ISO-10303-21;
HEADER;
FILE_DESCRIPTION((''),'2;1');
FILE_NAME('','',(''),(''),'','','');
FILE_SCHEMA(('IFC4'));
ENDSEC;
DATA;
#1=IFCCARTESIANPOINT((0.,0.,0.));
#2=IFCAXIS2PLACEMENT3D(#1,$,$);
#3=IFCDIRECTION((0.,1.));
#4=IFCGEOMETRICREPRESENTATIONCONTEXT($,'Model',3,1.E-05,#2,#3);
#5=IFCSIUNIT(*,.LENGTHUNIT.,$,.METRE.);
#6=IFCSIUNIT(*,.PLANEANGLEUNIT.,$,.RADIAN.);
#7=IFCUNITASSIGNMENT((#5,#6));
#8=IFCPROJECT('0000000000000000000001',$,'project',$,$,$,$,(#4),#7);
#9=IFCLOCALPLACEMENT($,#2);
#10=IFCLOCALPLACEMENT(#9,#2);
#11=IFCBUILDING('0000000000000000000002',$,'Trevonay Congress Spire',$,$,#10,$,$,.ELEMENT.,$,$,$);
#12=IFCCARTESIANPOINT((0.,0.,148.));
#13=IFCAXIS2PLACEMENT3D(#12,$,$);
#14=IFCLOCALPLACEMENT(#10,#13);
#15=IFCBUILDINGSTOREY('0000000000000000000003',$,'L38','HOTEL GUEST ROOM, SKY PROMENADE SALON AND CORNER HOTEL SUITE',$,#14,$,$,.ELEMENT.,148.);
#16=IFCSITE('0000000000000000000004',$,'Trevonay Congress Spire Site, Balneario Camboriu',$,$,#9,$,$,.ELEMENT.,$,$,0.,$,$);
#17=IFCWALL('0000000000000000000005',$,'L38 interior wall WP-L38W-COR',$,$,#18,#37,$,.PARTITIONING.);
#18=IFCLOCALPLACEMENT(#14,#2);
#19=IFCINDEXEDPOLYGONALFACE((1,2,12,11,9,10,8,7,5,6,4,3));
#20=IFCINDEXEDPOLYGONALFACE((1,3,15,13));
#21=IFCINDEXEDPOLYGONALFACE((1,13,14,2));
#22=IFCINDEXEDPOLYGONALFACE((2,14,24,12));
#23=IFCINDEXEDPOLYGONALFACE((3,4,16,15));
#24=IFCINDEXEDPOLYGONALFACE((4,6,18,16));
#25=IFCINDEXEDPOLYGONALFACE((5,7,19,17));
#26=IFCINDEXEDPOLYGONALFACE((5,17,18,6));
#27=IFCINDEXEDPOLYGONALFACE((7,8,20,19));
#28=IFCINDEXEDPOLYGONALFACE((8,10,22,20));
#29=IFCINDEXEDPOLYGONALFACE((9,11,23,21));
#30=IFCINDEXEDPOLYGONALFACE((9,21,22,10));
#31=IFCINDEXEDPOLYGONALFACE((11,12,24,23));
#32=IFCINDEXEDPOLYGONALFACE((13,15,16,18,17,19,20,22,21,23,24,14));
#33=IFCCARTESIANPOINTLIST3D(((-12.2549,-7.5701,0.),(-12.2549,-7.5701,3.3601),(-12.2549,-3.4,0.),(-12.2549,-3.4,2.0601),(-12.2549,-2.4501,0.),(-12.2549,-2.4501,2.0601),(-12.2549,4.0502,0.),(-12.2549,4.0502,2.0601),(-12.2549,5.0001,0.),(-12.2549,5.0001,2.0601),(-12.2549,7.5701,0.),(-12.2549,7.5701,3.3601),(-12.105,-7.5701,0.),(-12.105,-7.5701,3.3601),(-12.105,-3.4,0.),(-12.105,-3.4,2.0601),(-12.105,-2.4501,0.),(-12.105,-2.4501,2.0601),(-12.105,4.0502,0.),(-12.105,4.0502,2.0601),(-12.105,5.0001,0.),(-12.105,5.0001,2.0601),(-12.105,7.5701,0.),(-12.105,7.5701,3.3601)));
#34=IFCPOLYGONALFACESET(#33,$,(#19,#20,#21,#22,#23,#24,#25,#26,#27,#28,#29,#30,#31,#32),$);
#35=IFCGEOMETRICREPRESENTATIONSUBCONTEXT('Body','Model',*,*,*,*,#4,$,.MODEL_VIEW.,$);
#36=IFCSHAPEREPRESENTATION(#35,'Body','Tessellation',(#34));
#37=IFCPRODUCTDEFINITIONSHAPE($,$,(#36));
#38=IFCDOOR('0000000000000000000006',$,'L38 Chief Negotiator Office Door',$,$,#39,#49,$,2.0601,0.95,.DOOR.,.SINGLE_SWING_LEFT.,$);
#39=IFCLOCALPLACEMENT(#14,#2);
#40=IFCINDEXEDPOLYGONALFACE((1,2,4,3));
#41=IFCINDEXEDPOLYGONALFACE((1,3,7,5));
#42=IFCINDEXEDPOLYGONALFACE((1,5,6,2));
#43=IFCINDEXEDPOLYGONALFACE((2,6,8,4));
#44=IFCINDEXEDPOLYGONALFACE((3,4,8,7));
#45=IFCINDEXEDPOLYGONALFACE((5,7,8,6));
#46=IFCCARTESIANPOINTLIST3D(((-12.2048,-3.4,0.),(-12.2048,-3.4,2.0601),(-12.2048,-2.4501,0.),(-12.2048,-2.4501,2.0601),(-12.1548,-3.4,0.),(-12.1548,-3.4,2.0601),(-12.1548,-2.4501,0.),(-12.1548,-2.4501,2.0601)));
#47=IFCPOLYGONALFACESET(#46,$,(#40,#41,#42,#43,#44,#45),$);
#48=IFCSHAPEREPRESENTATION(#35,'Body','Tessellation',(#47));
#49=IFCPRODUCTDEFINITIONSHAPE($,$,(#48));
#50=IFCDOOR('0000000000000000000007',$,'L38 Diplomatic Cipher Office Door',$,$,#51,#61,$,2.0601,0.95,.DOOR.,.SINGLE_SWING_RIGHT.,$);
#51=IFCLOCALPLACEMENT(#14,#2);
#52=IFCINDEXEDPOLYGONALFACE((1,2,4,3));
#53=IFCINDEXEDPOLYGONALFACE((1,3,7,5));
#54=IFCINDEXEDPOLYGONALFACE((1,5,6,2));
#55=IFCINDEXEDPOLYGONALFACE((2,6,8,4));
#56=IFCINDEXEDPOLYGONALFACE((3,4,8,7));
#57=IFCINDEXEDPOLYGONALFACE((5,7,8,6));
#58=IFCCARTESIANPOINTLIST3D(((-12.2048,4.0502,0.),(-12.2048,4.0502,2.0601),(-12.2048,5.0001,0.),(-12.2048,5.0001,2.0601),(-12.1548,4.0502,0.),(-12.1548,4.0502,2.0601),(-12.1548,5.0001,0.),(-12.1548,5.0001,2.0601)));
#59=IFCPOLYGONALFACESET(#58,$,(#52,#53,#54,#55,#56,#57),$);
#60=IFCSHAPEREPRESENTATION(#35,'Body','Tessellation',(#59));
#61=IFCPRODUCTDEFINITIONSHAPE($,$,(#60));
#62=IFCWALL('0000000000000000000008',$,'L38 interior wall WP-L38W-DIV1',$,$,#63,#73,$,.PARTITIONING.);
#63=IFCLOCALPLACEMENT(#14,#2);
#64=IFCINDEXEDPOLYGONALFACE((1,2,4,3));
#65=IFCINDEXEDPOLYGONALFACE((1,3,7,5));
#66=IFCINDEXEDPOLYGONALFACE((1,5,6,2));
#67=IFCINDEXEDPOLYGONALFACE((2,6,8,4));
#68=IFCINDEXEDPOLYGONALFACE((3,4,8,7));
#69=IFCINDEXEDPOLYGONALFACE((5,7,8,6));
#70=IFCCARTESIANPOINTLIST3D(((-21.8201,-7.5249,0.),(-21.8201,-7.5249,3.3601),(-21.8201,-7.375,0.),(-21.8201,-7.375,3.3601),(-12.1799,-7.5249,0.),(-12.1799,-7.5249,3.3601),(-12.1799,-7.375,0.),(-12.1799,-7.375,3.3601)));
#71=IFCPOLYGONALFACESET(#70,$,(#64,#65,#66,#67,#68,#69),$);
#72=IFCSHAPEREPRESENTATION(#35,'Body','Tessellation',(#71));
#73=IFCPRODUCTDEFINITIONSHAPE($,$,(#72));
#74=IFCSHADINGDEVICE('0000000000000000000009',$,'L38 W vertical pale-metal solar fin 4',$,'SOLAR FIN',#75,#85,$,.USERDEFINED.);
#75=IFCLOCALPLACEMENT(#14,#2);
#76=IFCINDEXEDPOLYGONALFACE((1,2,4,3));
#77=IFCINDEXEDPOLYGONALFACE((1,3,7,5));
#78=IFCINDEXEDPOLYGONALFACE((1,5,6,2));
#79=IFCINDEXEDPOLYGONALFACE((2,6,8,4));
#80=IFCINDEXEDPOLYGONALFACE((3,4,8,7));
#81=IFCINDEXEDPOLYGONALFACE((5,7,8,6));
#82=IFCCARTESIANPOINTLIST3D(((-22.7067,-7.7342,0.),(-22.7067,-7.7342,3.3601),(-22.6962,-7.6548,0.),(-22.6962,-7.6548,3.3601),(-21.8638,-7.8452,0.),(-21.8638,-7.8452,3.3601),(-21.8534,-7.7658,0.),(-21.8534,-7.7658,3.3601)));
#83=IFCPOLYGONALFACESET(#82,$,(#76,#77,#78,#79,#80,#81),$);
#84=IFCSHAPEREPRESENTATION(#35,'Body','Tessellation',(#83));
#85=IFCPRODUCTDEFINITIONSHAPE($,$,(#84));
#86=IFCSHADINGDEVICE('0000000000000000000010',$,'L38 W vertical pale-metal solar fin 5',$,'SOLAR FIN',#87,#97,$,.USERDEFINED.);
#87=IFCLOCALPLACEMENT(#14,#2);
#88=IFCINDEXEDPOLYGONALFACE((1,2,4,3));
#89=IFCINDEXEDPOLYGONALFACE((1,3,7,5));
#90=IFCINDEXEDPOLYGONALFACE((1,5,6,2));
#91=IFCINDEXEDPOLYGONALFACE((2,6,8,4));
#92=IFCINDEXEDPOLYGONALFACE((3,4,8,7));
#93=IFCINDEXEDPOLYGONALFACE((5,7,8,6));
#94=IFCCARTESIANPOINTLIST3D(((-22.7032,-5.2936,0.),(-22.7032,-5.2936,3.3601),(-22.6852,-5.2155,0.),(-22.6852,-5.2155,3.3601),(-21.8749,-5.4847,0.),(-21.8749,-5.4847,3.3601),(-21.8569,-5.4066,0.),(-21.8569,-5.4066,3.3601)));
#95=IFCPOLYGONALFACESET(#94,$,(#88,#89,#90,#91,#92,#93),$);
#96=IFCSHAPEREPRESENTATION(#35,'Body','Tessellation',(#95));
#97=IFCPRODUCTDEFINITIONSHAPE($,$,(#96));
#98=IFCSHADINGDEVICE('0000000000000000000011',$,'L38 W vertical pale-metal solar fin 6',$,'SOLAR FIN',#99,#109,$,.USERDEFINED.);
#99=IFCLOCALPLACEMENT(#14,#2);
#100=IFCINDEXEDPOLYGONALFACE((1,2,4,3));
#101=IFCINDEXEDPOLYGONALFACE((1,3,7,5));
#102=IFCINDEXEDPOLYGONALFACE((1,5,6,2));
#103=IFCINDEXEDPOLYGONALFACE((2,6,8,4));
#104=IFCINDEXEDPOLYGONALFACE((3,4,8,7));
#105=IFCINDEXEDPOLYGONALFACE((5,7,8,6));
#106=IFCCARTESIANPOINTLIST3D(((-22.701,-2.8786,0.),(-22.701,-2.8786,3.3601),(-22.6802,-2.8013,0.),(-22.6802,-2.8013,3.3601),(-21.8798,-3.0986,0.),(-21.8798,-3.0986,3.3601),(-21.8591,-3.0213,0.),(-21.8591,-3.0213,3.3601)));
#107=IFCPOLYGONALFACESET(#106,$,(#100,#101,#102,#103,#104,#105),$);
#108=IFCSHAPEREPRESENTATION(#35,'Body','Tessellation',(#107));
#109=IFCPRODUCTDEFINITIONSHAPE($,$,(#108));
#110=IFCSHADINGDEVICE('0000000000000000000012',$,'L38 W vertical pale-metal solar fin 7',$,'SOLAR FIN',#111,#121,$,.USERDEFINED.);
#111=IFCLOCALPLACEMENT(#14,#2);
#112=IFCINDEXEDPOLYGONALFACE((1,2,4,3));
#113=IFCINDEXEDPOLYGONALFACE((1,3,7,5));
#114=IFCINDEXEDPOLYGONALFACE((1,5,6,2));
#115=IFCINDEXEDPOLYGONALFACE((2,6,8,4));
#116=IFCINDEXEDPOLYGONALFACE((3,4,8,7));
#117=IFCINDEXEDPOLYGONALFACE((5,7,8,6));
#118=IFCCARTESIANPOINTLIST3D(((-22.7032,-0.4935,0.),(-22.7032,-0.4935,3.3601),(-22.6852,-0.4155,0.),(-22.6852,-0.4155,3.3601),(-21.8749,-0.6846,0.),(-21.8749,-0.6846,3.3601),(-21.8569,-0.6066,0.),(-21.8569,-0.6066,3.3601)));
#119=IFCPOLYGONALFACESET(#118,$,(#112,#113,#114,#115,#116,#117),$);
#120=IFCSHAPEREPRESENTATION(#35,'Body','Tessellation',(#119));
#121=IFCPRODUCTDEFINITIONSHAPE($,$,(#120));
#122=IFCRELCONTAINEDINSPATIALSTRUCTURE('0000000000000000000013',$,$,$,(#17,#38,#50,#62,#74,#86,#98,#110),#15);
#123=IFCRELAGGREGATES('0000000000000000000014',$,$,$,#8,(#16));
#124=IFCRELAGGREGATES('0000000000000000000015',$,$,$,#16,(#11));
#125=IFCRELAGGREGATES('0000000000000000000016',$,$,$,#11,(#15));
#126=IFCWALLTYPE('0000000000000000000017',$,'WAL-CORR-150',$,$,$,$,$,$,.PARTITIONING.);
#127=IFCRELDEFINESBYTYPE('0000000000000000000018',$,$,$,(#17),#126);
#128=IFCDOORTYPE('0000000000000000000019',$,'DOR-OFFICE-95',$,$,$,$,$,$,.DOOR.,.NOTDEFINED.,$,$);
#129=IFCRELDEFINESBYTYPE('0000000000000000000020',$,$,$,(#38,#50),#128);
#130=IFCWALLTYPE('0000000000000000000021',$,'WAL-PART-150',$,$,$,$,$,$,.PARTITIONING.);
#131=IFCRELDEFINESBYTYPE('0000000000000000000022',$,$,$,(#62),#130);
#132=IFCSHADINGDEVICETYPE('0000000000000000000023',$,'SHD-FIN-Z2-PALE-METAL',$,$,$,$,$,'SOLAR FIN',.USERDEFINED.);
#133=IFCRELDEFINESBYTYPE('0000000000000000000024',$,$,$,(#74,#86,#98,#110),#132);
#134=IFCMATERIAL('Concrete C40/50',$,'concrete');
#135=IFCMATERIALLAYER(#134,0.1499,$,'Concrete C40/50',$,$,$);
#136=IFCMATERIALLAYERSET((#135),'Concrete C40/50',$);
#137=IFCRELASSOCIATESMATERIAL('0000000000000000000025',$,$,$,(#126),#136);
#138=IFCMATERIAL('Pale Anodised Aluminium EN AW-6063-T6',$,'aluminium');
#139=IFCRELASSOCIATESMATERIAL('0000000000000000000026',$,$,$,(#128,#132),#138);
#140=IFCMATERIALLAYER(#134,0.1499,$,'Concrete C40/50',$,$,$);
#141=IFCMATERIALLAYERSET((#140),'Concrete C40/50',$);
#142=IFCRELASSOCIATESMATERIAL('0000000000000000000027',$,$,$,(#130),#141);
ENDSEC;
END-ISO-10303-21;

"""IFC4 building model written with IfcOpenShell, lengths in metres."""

from ifc_helpers import new_model, si_unit, direction, frame, frame_2d, origin, origin_2d, place, context, subcontext, project, spatial, rectangle, extrude, material, layer, layer_set, type_object, element, fill, save


model = new_model("IFC4")

# Units and contexts
model_context = context("Model", 3, precision=1e-05, world=origin(), true_north=direction((0.0, 1.0)))
body_context = subcontext(model_context, "Body", "Model", "MODEL_VIEW")
ifc_project = project(units=[si_unit("LENGTHUNIT", "METRE"), si_unit("PLANEANGLEUNIT", "RADIAN")], contexts=[model_context])

# Site, building, storey
site_placement = place(None, origin())
site = spatial("IfcSite", under=ifc_project, at=site_placement, Name="Trevonay Congress Spire Site, Balneario Camboriu", CompositionType="ELEMENT", RefElevation=0.0)
building_placement = place(site_placement, origin())
building = spatial("IfcBuilding", under=site, at=building_placement, Name="Trevonay Congress Spire", CompositionType="ELEMENT")
storey_placement = place(building_placement, frame((0.0, 0.0, 148.0)))
storey = spatial("IfcBuildingStorey", under=building, at=storey_placement, Name="L38", Description="HOTEL GUEST ROOM, SKY PROMENADE SALON AND CORNER HOTEL SUITE", CompositionType="ELEMENT", Elevation=148.0)

# Shared definitions
ifc_material_1 = material(Name="Pale Anodised Aluminium EN AW-6063-T6", Category="aluminium")

# Wall, openings, doors
ifc_material_2 = material(Name="Concrete C40/50", Category="concrete")
ifc_layer_1 = layer(ifc_material_2, 0.1499, Name="Concrete C40/50")
ifc_layer_set_1 = layer_set([ifc_layer_1], Name="Concrete C40/50")
wall_type_1 = type_object("IfcWallType", Name="WAL-CORR-150", PredefinedType="PARTITIONING", material=ifc_layer_set_1)
wall_1_placement = place(storey_placement, frame((-12.1799, -7.5701, 0.0), z_axis=(0.0, 0.0, 1.0), x_axis=(0.0, 1.0, 0.0)))
wall_1 = element("IfcWall", 1, at=wall_1_placement, inside=storey, type_object=wall_type_1, Name="L38 interior wall WP-L38W-COR", PredefinedType="PARTITIONING", context=body_context, shape_type="SweptSolid", body=[
    extrude(rectangle(XDim=15.1401, YDim=0.1499, at=frame_2d((7.5701, 0.0))), origin(), (0.0, 0.0, 1.0), 3.3601),
])
opening_1_placement = place(wall_1_placement, frame((4.1699, 0.0, 0.0)))
opening_1 = element("IfcOpeningElement", 2, at=opening_1_placement, cuts=wall_1, PredefinedType="OPENING", context=body_context, shape_type="SweptSolid", body=[
    extrude(rectangle(XDim=0.95, YDim=2.0601, at=frame_2d((0.4751, 1.03))), frame((0.0, 0.085, 0.0), z_axis=(0.0, -1.0, 0.0), x_axis=(1.0, 0.0, 0.0)), (0.0, 0.0, 1.0), 0.1699),
])
opening_2_placement = place(wall_1_placement, frame((11.6201, 0.0, 0.0)))
opening_2 = element("IfcOpeningElement", 3, at=opening_2_placement, cuts=wall_1, PredefinedType="OPENING", context=body_context, shape_type="SweptSolid", body=[
    extrude(rectangle(XDim=0.95, YDim=2.0601, at=frame_2d((0.4751, 1.03))), frame((0.0, 0.085, 0.0), z_axis=(0.0, -1.0, 0.0), x_axis=(1.0, 0.0, 0.0)), (0.0, 0.0, 1.0), 0.1699),
])
door_type = type_object("IfcDoorType", Name="DOR-OFFICE-95", OperationType="NOTDEFINED", PredefinedType="DOOR", material=ifc_material_1)
door_1_placement = place(opening_1_placement, origin())
door_1 = element("IfcDoor", 4, at=door_1_placement, inside=storey, type_object=door_type, Name="L38 Chief Negotiator Office Door", OperationType="SINGLE_SWING_LEFT", OverallHeight=2.0601, OverallWidth=0.95, PredefinedType="DOOR", context=body_context, shape_type="SweptSolid", body=[
    extrude(rectangle(XDim=0.95, YDim=2.0601, at=frame_2d((0.4751, 1.03))), frame((0.0, 0.0249, 0.0), z_axis=(0.0, -1.0, 0.0), x_axis=(1.0, 0.0, 0.0)), (0.0, 0.0, 1.0), 0.05),
])
fill(opening_1, door_1)
door_2_placement = place(opening_2_placement, origin())
door_2 = element("IfcDoor", 5, at=door_2_placement, inside=storey, type_object=door_type, Name="L38 Diplomatic Cipher Office Door", OperationType="SINGLE_SWING_RIGHT", OverallHeight=2.0601, OverallWidth=0.95, PredefinedType="DOOR", context=body_context, shape_type="SweptSolid", body=[
    extrude(rectangle(XDim=0.95, YDim=2.0601, at=frame_2d((0.4751, 1.03))), frame((0.0, 0.0249, 0.0), z_axis=(0.0, -1.0, 0.0), x_axis=(1.0, 0.0, 0.0)), (0.0, 0.0, 1.0), 0.05),
])
fill(opening_2, door_2)

# Wall
ifc_layer_2 = layer(ifc_material_2, 0.1499, Name="Concrete C40/50")
ifc_layer_set_2 = layer_set([ifc_layer_2], Name="Concrete C40/50")
wall_type_2 = type_object("IfcWallType", Name="WAL-PART-150", PredefinedType="PARTITIONING", material=ifc_layer_set_2)
wall_2_placement = place(storey_placement, frame((-21.8201, -7.45, 0.0), z_axis=(0.0, 0.0, 1.0), x_axis=(1.0, 0.0, 0.0)))
element("IfcWall", 6, at=wall_2_placement, inside=storey, type_object=wall_type_2, Name="L38 interior wall WP-L38W-DIV1", PredefinedType="PARTITIONING", context=body_context, shape_type="SweptSolid", body=[
    extrude(rectangle(XDim=9.6401, YDim=0.1499, at=frame_2d((4.8201, 0.0))), origin(), (0.0, 0.0, 1.0), 3.3601),
])

# Shading devices
shading_device_type = type_object("IfcShadingDeviceType", Name="SHD-FIN-Z2-PALE-METAL", ElementType="SOLAR FIN", PredefinedType="USERDEFINED", material=ifc_material_1)
for number, where, z_axis, x_axis, name in (
    (7, (-22.28, -7.75, 0.0), (0.0, 0.0, 1.0), (0.130526, 0.991445, 0.0), "L38 W vertical pale-metal solar fin 4"),
    (8, (-22.28, -5.3501, 0.0), (0.0, 0.0, 1.0), (0.224781, 0.974409, 0.0), "L38 W vertical pale-metal solar fin 5"),
    (9, (-22.28, -2.95, 0.0), (0.0, 0.0, 1.0), (0.258819, 0.965926, 0.0), "L38 W vertical pale-metal solar fin 6"),
    (10, (-22.28, -0.55, 0.0), (0.0, 0.0, 1.0), (0.224781, 0.974409, 0.0), "L38 W vertical pale-metal solar fin 7"),
):
    element("IfcShadingDevice", number, at=place(storey_placement, frame(where, z_axis=z_axis, x_axis=x_axis)), inside=storey, type_object=shading_device_type, Name=name, ObjectType="SOLAR FIN", PredefinedType="USERDEFINED", context=body_context, shape_type="SweptSolid", body=[
        extrude(rectangle(XDim=0.0801, YDim=0.8501, at=origin_2d()), origin(), (0.0, 0.0, 1.0), 3.3601),
    ])

save(model, "model.ifc")
